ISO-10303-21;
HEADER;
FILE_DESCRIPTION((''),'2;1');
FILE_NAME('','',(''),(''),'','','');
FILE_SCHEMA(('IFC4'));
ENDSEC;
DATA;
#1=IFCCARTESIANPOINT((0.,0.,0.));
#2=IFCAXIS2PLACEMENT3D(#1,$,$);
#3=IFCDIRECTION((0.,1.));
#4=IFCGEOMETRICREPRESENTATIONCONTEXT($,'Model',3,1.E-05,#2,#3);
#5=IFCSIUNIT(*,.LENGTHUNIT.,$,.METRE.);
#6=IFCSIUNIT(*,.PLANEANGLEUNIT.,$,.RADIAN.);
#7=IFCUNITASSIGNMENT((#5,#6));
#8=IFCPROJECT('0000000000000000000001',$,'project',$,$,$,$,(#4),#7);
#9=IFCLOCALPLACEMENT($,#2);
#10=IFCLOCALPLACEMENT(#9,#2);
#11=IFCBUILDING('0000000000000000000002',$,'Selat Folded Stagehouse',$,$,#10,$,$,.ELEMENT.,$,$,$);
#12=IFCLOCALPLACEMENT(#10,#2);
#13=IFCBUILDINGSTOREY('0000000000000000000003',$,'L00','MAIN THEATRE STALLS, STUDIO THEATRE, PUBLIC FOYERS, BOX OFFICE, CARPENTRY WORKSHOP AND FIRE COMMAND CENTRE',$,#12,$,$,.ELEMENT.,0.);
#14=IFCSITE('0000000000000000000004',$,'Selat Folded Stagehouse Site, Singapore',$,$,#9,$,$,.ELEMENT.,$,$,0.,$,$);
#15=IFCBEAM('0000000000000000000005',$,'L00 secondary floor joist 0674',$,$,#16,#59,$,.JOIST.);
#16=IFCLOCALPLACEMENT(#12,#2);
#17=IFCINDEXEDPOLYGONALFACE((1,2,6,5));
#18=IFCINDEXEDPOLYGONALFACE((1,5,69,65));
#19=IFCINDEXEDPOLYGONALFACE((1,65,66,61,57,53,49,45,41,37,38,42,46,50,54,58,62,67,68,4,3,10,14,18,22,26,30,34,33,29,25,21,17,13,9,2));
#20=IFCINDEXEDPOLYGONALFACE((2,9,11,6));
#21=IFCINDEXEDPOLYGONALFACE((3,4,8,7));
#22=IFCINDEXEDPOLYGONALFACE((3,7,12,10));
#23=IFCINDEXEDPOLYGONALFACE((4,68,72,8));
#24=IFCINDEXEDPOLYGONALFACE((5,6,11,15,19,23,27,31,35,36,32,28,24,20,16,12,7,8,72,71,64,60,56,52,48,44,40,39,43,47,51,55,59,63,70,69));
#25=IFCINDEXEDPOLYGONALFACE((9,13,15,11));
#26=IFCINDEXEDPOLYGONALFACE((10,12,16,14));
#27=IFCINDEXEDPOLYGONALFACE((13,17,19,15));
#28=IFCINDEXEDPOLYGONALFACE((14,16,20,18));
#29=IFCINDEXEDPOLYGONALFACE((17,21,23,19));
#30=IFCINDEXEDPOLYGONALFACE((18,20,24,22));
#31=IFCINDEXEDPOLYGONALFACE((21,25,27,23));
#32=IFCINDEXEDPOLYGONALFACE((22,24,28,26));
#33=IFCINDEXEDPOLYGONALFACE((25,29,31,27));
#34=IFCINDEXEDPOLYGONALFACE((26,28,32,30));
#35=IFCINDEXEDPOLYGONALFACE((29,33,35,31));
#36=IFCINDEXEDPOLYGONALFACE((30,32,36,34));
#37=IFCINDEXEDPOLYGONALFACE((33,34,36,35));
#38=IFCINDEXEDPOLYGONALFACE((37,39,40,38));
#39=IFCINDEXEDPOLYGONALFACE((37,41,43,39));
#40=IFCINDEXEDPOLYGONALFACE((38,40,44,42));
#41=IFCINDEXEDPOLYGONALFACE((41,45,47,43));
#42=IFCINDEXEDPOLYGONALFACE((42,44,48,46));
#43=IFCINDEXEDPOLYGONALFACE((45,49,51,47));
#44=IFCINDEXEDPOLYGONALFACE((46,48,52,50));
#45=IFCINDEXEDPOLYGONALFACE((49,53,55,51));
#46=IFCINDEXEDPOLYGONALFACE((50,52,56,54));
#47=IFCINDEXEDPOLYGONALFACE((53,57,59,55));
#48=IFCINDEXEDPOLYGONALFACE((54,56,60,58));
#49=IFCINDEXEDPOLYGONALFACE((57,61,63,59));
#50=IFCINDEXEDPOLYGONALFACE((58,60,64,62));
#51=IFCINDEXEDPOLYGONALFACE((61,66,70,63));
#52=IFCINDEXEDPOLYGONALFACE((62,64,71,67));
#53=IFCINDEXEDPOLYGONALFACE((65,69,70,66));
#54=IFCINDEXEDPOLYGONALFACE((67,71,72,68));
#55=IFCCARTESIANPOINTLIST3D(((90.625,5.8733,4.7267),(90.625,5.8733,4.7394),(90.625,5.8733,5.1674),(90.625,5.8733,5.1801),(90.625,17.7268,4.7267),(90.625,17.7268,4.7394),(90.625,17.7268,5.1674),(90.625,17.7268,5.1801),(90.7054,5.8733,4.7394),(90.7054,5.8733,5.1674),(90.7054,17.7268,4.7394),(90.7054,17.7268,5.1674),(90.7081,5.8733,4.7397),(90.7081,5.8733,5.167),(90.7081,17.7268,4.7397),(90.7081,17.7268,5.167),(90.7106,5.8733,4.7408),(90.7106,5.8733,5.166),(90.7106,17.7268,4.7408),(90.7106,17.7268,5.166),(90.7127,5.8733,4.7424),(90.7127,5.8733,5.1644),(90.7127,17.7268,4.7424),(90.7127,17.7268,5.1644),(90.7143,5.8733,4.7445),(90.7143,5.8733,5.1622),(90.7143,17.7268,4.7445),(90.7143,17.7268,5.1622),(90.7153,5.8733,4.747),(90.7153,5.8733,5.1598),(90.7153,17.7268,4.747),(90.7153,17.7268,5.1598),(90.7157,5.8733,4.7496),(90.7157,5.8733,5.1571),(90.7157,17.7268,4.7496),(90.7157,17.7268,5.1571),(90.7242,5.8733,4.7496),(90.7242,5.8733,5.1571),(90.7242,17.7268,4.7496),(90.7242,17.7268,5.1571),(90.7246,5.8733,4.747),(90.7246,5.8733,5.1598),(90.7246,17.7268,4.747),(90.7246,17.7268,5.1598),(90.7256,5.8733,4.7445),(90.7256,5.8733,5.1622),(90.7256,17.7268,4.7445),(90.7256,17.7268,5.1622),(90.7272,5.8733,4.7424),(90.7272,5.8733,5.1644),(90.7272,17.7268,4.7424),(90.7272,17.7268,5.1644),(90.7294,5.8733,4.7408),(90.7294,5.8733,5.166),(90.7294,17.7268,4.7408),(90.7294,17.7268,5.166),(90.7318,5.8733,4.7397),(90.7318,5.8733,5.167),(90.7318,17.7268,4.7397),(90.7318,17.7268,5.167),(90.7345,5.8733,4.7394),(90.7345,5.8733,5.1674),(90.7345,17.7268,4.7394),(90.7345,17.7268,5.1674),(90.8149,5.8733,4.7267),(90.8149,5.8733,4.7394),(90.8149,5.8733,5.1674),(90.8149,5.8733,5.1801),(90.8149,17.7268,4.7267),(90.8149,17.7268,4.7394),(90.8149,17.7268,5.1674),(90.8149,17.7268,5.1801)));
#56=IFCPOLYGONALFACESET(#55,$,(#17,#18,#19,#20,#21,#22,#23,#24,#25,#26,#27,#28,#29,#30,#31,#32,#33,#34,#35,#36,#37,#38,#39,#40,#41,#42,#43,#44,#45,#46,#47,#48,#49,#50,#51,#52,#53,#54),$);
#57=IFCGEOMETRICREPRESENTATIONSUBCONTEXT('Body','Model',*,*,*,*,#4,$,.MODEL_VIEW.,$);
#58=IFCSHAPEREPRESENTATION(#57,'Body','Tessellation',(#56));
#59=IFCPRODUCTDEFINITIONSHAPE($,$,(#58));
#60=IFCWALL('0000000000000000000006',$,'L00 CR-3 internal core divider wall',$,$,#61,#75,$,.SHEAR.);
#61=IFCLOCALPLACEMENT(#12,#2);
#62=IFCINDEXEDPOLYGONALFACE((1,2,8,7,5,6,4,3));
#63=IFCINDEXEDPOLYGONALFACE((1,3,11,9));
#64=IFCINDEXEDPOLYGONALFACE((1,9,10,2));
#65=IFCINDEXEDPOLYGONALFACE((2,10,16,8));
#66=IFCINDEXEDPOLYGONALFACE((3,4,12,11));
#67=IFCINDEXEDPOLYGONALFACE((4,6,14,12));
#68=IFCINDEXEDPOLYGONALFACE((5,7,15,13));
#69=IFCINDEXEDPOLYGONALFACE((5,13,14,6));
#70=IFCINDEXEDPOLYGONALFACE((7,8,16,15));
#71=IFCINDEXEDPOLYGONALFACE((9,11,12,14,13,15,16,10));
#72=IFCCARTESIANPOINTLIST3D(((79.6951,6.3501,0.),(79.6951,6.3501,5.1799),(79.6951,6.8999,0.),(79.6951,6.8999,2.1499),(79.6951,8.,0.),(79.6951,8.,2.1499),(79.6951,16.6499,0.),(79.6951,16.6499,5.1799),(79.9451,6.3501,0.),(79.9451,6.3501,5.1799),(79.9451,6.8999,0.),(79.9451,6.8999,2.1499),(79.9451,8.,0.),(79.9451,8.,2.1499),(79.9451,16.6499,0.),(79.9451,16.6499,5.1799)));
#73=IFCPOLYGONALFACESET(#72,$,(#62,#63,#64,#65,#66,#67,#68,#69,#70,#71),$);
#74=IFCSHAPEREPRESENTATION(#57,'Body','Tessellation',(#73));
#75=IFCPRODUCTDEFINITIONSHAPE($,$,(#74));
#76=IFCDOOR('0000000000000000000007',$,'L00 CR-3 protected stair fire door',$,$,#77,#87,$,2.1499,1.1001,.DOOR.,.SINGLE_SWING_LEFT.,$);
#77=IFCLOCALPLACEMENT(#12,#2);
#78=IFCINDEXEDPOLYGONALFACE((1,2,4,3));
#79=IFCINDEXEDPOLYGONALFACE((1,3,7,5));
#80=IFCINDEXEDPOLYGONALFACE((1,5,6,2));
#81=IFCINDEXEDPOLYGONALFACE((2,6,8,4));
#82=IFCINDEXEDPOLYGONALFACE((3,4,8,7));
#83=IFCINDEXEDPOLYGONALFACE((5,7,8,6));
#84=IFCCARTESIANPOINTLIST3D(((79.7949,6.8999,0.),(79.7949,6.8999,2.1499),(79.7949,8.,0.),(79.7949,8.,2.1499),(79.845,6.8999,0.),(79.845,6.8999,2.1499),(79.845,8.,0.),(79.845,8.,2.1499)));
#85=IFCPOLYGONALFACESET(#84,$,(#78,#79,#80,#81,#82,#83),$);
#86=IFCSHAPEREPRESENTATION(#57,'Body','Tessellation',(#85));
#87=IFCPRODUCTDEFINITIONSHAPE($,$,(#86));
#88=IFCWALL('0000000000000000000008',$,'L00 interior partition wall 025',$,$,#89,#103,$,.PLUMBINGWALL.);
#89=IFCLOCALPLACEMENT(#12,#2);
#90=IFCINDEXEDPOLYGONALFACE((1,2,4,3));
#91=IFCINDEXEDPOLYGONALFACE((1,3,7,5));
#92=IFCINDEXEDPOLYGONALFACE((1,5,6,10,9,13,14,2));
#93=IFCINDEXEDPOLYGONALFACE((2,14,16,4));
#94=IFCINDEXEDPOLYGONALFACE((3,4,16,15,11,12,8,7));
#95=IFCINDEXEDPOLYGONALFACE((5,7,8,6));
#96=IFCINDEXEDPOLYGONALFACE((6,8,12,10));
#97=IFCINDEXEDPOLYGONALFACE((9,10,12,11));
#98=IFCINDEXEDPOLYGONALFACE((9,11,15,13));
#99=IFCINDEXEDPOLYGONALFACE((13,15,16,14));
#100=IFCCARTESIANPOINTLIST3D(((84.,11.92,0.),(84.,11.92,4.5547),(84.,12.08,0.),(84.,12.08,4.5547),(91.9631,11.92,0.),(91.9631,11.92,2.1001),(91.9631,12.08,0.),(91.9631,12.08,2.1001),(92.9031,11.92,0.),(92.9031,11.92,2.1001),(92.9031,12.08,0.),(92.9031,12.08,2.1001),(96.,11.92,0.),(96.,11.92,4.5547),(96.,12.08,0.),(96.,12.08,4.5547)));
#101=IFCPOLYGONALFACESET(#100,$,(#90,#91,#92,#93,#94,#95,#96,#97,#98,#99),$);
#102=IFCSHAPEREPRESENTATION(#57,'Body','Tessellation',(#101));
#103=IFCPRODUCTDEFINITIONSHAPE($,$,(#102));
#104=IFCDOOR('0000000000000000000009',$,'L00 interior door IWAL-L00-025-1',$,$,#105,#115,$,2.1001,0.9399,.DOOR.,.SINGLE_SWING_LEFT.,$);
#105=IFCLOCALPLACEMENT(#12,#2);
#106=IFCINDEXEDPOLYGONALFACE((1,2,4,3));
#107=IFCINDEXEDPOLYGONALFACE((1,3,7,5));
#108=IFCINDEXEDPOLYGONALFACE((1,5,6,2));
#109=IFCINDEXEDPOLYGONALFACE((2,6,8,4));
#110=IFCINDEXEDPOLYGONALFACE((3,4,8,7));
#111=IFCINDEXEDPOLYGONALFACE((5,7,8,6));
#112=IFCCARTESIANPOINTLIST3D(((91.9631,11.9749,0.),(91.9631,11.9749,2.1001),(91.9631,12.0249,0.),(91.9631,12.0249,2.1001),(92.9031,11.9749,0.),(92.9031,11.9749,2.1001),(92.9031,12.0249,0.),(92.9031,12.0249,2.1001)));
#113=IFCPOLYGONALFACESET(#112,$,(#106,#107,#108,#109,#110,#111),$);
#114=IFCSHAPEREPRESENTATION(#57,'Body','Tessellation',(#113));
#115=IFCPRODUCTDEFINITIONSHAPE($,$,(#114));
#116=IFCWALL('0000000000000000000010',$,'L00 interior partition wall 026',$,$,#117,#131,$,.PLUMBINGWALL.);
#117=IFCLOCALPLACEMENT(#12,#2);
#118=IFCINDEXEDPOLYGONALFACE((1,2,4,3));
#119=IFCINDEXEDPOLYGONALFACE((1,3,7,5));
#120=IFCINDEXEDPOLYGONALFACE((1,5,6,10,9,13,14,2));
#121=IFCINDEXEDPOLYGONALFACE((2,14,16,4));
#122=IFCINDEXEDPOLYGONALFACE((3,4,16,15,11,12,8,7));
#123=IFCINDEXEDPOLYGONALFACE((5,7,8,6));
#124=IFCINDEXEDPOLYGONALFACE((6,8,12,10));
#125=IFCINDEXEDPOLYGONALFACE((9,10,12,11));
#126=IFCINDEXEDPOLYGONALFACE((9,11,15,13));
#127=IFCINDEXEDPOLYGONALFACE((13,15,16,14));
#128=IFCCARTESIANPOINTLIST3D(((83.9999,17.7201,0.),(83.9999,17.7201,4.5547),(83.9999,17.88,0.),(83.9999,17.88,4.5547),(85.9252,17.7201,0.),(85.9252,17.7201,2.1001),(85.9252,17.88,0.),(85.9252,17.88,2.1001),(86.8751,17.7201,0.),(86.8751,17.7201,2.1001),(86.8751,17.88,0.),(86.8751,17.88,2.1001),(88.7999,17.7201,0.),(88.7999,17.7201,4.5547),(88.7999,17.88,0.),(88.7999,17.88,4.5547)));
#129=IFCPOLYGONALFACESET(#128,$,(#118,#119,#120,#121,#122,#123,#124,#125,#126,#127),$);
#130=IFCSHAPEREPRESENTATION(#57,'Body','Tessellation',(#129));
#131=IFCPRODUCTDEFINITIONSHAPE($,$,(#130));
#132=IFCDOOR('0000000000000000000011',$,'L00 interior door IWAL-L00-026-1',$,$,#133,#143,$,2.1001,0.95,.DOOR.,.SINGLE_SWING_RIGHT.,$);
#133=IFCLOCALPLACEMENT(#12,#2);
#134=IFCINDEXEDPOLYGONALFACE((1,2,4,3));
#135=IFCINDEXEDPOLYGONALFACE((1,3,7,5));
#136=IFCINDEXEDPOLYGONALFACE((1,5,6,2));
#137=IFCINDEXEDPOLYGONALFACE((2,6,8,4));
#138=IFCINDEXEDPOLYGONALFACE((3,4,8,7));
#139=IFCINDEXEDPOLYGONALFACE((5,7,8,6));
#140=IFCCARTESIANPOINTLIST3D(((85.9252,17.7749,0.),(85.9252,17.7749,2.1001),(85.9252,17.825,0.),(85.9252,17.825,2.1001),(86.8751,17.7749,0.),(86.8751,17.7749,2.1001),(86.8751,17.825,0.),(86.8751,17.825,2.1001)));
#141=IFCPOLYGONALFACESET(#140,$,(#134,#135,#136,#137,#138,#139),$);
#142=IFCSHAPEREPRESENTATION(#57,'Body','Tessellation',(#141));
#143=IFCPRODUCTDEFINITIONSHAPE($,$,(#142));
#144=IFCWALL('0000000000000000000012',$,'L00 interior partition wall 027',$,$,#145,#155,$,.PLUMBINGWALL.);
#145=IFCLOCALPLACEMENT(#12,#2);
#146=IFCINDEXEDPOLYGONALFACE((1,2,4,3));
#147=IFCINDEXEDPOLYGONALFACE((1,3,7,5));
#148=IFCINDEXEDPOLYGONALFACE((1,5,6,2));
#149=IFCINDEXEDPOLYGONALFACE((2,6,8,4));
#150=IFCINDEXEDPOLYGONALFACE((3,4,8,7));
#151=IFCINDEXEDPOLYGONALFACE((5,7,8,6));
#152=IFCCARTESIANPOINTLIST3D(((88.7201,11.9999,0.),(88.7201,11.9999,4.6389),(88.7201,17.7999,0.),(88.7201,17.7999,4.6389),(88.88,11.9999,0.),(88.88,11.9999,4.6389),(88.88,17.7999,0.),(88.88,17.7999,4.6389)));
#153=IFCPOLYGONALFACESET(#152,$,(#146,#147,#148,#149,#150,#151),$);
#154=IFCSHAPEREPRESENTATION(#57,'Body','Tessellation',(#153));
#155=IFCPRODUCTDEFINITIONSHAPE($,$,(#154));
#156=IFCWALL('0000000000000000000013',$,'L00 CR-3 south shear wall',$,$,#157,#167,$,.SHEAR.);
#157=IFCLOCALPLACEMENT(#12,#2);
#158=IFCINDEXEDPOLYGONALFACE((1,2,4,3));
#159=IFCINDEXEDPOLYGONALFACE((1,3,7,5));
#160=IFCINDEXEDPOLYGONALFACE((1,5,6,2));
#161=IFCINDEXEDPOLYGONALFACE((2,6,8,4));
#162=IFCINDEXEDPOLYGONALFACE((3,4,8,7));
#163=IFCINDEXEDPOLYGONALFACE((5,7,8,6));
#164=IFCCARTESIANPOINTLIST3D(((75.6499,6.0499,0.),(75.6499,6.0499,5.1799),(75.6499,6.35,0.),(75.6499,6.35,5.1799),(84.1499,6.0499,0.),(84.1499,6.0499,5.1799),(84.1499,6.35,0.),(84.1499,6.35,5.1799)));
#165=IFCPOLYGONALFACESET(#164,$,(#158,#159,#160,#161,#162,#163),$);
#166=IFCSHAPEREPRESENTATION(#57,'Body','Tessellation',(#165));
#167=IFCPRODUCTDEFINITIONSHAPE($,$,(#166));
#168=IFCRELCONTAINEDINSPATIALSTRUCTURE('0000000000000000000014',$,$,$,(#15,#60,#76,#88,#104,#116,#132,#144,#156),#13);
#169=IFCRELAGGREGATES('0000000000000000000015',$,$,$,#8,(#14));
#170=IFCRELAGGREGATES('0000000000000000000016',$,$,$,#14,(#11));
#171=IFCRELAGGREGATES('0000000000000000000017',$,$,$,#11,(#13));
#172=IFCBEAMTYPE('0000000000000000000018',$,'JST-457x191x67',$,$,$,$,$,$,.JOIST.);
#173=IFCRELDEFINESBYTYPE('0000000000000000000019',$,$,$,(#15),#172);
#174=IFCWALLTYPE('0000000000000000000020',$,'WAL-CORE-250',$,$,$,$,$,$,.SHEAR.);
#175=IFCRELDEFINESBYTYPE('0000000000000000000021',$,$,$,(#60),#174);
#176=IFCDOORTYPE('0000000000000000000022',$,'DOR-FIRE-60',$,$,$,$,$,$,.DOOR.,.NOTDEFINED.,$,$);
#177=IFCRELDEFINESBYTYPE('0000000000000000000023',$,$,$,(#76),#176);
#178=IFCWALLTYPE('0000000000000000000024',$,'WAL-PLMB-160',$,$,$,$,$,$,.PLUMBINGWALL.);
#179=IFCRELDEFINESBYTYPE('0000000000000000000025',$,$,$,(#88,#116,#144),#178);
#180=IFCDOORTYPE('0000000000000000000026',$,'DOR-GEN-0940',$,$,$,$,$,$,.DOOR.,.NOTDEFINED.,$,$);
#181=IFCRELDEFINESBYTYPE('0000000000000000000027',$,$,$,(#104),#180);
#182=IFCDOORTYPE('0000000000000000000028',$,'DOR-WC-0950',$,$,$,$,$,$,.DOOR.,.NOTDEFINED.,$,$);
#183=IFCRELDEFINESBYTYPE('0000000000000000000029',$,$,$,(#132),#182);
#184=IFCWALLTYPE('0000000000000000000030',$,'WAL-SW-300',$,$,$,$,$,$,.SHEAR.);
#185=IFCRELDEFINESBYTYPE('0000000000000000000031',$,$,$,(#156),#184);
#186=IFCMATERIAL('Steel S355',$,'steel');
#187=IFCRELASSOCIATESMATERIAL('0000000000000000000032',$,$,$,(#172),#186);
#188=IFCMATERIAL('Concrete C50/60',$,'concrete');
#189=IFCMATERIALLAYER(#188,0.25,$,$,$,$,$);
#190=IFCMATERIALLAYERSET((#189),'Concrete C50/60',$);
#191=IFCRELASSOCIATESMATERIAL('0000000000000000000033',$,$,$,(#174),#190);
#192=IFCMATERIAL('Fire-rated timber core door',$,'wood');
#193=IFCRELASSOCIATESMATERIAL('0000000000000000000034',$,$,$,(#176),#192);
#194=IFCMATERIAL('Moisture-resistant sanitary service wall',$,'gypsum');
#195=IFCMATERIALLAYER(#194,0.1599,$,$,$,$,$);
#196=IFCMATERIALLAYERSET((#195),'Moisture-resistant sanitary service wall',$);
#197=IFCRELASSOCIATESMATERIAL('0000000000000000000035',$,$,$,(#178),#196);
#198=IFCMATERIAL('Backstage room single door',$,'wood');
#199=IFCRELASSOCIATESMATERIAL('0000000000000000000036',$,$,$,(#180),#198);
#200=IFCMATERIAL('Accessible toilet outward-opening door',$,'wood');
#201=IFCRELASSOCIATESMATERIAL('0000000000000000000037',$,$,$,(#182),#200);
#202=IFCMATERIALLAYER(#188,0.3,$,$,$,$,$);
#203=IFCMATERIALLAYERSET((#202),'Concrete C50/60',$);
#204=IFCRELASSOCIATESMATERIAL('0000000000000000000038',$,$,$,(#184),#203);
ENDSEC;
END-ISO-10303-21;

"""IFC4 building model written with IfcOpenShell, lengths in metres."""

from ifc_helpers import new_model, si_unit, direction, frame, frame_2d, origin, origin_2d, place, context, subcontext, project, spatial, rectangle, i_section, extrude, material, layer, layer_set, material_profile, profile_set, type_object, element, fill, save


model = new_model("IFC4")

# Units and contexts
model_context = context("Model", 3, precision=1e-05, world=origin(), true_north=direction((0.0, 1.0)))
body_context = subcontext(model_context, "Body", "Model", "MODEL_VIEW")
ifc_project = project(units=[si_unit("LENGTHUNIT", "METRE"), si_unit("PLANEANGLEUNIT", "RADIAN")], contexts=[model_context])

# Site, building, storey
site_placement = place(None, origin())
site = spatial("IfcSite", under=ifc_project, at=site_placement, Name="Selat Folded Stagehouse Site, Singapore", CompositionType="ELEMENT", RefElevation=0.0)
building_placement = place(site_placement, origin())
building = spatial("IfcBuilding", under=site, at=building_placement, Name="Selat Folded Stagehouse", CompositionType="ELEMENT")
storey_placement = place(building_placement, origin())
storey = spatial("IfcBuildingStorey", under=building, at=storey_placement, Name="L00", Description="MAIN THEATRE STALLS, STUDIO THEATRE, PUBLIC FOYERS, BOX OFFICE, CARPENTRY WORKSHOP AND FIRE COMMAND CENTRE", CompositionType="ELEMENT", Elevation=0.0)

# Shared definitions
ifc_material_1 = material(Name="Steel S355", Category="steel")

# Beam
ifc_material_profile_1 = material_profile(ifc_material_1, i_section(OverallWidth=0.1899, OverallDepth=0.4534, WebThickness=0.0085, FlangeThickness=0.0127, FilletRadius=0.0103, at=origin_2d()), Name="UKB 457x191x67")
ifc_profile_set_1 = profile_set([ifc_material_profile_1], Name="Steel S355")
beam_type_1 = type_object("IfcBeamType", Name="JST-457x191x67", PredefinedType="JOIST", material=ifc_profile_set_1)
for number, where, z_axis, x_axis, name in (
    (1, (90.72, 5.8733, 4.9534), (0.0, 1.0, 0.0), (-1.0, 0.0, 0.0), "L00 secondary floor joist 0674"),
):
    element("IfcBeam", number, at=place(storey_placement, frame(where, z_axis=z_axis, x_axis=x_axis)), inside=storey, type_object=beam_type_1, Name=name, PredefinedType="JOIST", context=body_context, shape_type="SweptSolid", body=[
        extrude(i_section(OverallWidth=0.1899, OverallDepth=0.4534, WebThickness=0.0085, FlangeThickness=0.0127, FilletRadius=0.0103, at=origin_2d()), origin(), (0.0, 0.0, 1.0), 11.8535),
    ])

# Walls, openings, doors
ifc_material_2 = material(Name="Concrete C50/60", Category="concrete")
ifc_layer_1 = layer(ifc_material_2, 0.25)
ifc_layer_set_1 = layer_set([ifc_layer_1], Name="Concrete C50/60")
wall_type_1 = type_object("IfcWallType", Name="WAL-CORE-250", PredefinedType="SHEAR", material=ifc_layer_set_1)
wall_1_placement = place(storey_placement, frame((79.8201, 16.6499, 0.0), z_axis=(0.0, 0.0, 1.0), x_axis=(0.0, -1.0, 0.0)))
wall_1 = element("IfcWall", 2, at=wall_1_placement, inside=storey, type_object=wall_type_1, Name="L00 CR-3 internal core divider wall", PredefinedType="SHEAR", context=body_context, shape_type="SweptSolid", body=[
    extrude(rectangle(XDim=10.2998, YDim=0.25, at=frame_2d((5.1499, 0.0))), origin(), (0.0, 0.0, 1.0), 5.1799),
])
opening_1_placement = place(wall_1_placement, frame((8.6499, 0.0, 0.0)))
opening_1 = element("IfcOpeningElement", 3, at=opening_1_placement, cuts=wall_1, PredefinedType="OPENING", context=body_context, shape_type="SweptSolid", body=[
    extrude(rectangle(XDim=1.1001, YDim=2.1499, at=frame_2d((0.55, 1.075))), frame((0.0, 0.135, 0.0), z_axis=(0.0, -1.0, 0.0), x_axis=(1.0, 0.0, 0.0)), (0.0, 0.0, 1.0), 0.27),
])
ifc_material_3 = material(Name="Fire-rated timber core door", Category="wood")
door_type_1 = type_object("IfcDoorType", Name="DOR-FIRE-60", OperationType="NOTDEFINED", PredefinedType="DOOR", material=ifc_material_3)
door_1_placement = place(opening_1_placement, origin())
door_1 = element("IfcDoor", 4, at=door_1_placement, inside=storey, type_object=door_type_1, Name="L00 CR-3 protected stair fire door", OperationType="SINGLE_SWING_LEFT", OverallHeight=2.1499, OverallWidth=1.1001, PredefinedType="DOOR", context=body_context, shape_type="SweptSolid", body=[
    extrude(rectangle(XDim=1.1001, YDim=2.1499, at=frame_2d((0.55, 1.075))), frame((0.0, 0.0249, 0.0), z_axis=(0.0, -1.0, 0.0), x_axis=(1.0, 0.0, 0.0)), (0.0, 0.0, 1.0), 0.05),
])
fill(opening_1, door_1)
ifc_material_4 = material(Name="Moisture-resistant sanitary service wall", Category="gypsum")
ifc_layer_2 = layer(ifc_material_4, 0.1599)
ifc_layer_set_2 = layer_set([ifc_layer_2], Name="Moisture-resistant sanitary service wall")
wall_type_2 = type_object("IfcWallType", Name="WAL-PLMB-160", PredefinedType="PLUMBINGWALL", material=ifc_layer_set_2)
wall_2_placement = place(storey_placement, frame((84.0, 12.0, 0.0), z_axis=(0.0, 0.0, 1.0), x_axis=(1.0, 0.0, 0.0)))
wall_2 = element("IfcWall", 5, at=wall_2_placement, inside=storey, type_object=wall_type_2, Name="L00 interior partition wall 025", PredefinedType="PLUMBINGWALL", context=body_context, shape_type="SweptSolid", body=[
    extrude(rectangle(XDim=12.0, YDim=0.1599, at=frame_2d((6.0, 0.0))), origin(), (0.0, 0.0, 1.0), 4.5547),
])
opening_2_placement = place(wall_2_placement, frame((7.9631, 0.0, 0.0)))
opening_2 = element("IfcOpeningElement", 6, at=opening_2_placement, cuts=wall_2, PredefinedType="OPENING", context=body_context, shape_type="SweptSolid", body=[
    extrude(rectangle(XDim=0.9399, YDim=2.1001, at=frame_2d((0.47, 1.05))), frame((0.0, 0.0898, 0.0), z_axis=(0.0, -1.0, 0.0), x_axis=(1.0, 0.0, 0.0)), (0.0, 0.0, 1.0), 0.1799),
])
ifc_material_5 = material(Name="Backstage room single door", Category="wood")
door_type_2 = type_object("IfcDoorType", Name="DOR-GEN-0940", OperationType="NOTDEFINED", PredefinedType="DOOR", material=ifc_material_5)
door_2_placement = place(opening_2_placement, origin())
door_2 = element("IfcDoor", 7, at=door_2_placement, inside=storey, type_object=door_type_2, Name="L00 interior door IWAL-L00-025-1", OperationType="SINGLE_SWING_LEFT", OverallHeight=2.1001, OverallWidth=0.9399, PredefinedType="DOOR", context=body_context, shape_type="SweptSolid", body=[
    extrude(rectangle(XDim=0.9399, YDim=2.1001, at=frame_2d((0.47, 1.05))), frame((0.0, 0.0249, 0.0), z_axis=(0.0, -1.0, 0.0), x_axis=(1.0, 0.0, 0.0)), (0.0, 0.0, 1.0), 0.05),
])
fill(opening_2, door_2)
wall_3_placement = place(storey_placement, frame((84.0, 17.8, 0.0), z_axis=(0.0, 0.0, 1.0), x_axis=(1.0, 0.0, 0.0)))
wall_3 = element("IfcWall", 8, at=wall_3_placement, inside=storey, type_object=wall_type_2, Name="L00 interior partition wall 026", PredefinedType="PLUMBINGWALL", context=body_context, shape_type="SweptSolid", body=[
    extrude(rectangle(XDim=4.8, YDim=0.1599, at=frame_2d((2.3999, 0.0))), origin(), (0.0, 0.0, 1.0), 4.5547),
])
opening_3_placement = place(wall_3_placement, frame((1.925, 0.0, 0.0)))
opening_3 = element("IfcOpeningElement", 9, at=opening_3_placement, cuts=wall_3, PredefinedType="OPENING", context=body_context, shape_type="SweptSolid", body=[
    extrude(rectangle(XDim=0.95, YDim=2.1001, at=frame_2d((0.4751, 1.05))), frame((0.0, 0.0898, 0.0), z_axis=(0.0, -1.0, 0.0), x_axis=(1.0, 0.0, 0.0)), (0.0, 0.0, 1.0), 0.1799),
])
ifc_material_6 = material(Name="Accessible toilet outward-opening door", Category="wood")
door_type_3 = type_object("IfcDoorType", Name="DOR-WC-0950", OperationType="NOTDEFINED", PredefinedType="DOOR", material=ifc_material_6)
door_3_placement = place(opening_3_placement, origin())
door_3 = element("IfcDoor", 10, at=door_3_placement, inside=storey, type_object=door_type_3, Name="L00 interior door IWAL-L00-026-1", OperationType="SINGLE_SWING_RIGHT", OverallHeight=2.1001, OverallWidth=0.95, PredefinedType="DOOR", context=body_context, shape_type="SweptSolid", body=[
    extrude(rectangle(XDim=0.95, YDim=2.1001, at=frame_2d((0.4751, 1.05))), frame((0.0, 0.0249, 0.0), z_axis=(0.0, -1.0, 0.0), x_axis=(1.0, 0.0, 0.0)), (0.0, 0.0, 1.0), 0.05),
])
fill(opening_3, door_3)

# Walls
wall_4_placement = place(storey_placement, frame((88.8, 12.0, 0.0), z_axis=(0.0, 0.0, 1.0), x_axis=(0.0, 1.0, 0.0)))
element("IfcWall", 11, at=wall_4_placement, inside=storey, type_object=wall_type_2, Name="L00 interior partition wall 027", PredefinedType="PLUMBINGWALL", context=body_context, shape_type="SweptSolid", body=[
    extrude(rectangle(XDim=5.8, YDim=0.1599, at=frame_2d((2.8999, 0.0))), origin(), (0.0, 0.0, 1.0), 4.6389),
])
ifc_layer_3 = layer(ifc_material_2, 0.3)
ifc_layer_set_3 = layer_set([ifc_layer_3], Name="Concrete C50/60")
wall_type_3 = type_object("IfcWallType", Name="WAL-SW-300", PredefinedType="SHEAR", material=ifc_layer_set_3)
wall_5_placement = place(storey_placement, frame((84.1499, 6.2, 0.0), z_axis=(0.0, 0.0, 1.0), x_axis=(-1.0, 0.0, 0.0)))
element("IfcWall", 12, at=wall_5_placement, inside=storey, type_object=wall_type_3, Name="L00 CR-3 south shear wall", PredefinedType="SHEAR", context=body_context, shape_type="SweptSolid", body=[
    extrude(rectangle(XDim=8.5, YDim=0.3, at=frame_2d((4.25, 0.0))), origin(), (0.0, 0.0, 1.0), 5.1799),
])

save(model, "model.ifc")
